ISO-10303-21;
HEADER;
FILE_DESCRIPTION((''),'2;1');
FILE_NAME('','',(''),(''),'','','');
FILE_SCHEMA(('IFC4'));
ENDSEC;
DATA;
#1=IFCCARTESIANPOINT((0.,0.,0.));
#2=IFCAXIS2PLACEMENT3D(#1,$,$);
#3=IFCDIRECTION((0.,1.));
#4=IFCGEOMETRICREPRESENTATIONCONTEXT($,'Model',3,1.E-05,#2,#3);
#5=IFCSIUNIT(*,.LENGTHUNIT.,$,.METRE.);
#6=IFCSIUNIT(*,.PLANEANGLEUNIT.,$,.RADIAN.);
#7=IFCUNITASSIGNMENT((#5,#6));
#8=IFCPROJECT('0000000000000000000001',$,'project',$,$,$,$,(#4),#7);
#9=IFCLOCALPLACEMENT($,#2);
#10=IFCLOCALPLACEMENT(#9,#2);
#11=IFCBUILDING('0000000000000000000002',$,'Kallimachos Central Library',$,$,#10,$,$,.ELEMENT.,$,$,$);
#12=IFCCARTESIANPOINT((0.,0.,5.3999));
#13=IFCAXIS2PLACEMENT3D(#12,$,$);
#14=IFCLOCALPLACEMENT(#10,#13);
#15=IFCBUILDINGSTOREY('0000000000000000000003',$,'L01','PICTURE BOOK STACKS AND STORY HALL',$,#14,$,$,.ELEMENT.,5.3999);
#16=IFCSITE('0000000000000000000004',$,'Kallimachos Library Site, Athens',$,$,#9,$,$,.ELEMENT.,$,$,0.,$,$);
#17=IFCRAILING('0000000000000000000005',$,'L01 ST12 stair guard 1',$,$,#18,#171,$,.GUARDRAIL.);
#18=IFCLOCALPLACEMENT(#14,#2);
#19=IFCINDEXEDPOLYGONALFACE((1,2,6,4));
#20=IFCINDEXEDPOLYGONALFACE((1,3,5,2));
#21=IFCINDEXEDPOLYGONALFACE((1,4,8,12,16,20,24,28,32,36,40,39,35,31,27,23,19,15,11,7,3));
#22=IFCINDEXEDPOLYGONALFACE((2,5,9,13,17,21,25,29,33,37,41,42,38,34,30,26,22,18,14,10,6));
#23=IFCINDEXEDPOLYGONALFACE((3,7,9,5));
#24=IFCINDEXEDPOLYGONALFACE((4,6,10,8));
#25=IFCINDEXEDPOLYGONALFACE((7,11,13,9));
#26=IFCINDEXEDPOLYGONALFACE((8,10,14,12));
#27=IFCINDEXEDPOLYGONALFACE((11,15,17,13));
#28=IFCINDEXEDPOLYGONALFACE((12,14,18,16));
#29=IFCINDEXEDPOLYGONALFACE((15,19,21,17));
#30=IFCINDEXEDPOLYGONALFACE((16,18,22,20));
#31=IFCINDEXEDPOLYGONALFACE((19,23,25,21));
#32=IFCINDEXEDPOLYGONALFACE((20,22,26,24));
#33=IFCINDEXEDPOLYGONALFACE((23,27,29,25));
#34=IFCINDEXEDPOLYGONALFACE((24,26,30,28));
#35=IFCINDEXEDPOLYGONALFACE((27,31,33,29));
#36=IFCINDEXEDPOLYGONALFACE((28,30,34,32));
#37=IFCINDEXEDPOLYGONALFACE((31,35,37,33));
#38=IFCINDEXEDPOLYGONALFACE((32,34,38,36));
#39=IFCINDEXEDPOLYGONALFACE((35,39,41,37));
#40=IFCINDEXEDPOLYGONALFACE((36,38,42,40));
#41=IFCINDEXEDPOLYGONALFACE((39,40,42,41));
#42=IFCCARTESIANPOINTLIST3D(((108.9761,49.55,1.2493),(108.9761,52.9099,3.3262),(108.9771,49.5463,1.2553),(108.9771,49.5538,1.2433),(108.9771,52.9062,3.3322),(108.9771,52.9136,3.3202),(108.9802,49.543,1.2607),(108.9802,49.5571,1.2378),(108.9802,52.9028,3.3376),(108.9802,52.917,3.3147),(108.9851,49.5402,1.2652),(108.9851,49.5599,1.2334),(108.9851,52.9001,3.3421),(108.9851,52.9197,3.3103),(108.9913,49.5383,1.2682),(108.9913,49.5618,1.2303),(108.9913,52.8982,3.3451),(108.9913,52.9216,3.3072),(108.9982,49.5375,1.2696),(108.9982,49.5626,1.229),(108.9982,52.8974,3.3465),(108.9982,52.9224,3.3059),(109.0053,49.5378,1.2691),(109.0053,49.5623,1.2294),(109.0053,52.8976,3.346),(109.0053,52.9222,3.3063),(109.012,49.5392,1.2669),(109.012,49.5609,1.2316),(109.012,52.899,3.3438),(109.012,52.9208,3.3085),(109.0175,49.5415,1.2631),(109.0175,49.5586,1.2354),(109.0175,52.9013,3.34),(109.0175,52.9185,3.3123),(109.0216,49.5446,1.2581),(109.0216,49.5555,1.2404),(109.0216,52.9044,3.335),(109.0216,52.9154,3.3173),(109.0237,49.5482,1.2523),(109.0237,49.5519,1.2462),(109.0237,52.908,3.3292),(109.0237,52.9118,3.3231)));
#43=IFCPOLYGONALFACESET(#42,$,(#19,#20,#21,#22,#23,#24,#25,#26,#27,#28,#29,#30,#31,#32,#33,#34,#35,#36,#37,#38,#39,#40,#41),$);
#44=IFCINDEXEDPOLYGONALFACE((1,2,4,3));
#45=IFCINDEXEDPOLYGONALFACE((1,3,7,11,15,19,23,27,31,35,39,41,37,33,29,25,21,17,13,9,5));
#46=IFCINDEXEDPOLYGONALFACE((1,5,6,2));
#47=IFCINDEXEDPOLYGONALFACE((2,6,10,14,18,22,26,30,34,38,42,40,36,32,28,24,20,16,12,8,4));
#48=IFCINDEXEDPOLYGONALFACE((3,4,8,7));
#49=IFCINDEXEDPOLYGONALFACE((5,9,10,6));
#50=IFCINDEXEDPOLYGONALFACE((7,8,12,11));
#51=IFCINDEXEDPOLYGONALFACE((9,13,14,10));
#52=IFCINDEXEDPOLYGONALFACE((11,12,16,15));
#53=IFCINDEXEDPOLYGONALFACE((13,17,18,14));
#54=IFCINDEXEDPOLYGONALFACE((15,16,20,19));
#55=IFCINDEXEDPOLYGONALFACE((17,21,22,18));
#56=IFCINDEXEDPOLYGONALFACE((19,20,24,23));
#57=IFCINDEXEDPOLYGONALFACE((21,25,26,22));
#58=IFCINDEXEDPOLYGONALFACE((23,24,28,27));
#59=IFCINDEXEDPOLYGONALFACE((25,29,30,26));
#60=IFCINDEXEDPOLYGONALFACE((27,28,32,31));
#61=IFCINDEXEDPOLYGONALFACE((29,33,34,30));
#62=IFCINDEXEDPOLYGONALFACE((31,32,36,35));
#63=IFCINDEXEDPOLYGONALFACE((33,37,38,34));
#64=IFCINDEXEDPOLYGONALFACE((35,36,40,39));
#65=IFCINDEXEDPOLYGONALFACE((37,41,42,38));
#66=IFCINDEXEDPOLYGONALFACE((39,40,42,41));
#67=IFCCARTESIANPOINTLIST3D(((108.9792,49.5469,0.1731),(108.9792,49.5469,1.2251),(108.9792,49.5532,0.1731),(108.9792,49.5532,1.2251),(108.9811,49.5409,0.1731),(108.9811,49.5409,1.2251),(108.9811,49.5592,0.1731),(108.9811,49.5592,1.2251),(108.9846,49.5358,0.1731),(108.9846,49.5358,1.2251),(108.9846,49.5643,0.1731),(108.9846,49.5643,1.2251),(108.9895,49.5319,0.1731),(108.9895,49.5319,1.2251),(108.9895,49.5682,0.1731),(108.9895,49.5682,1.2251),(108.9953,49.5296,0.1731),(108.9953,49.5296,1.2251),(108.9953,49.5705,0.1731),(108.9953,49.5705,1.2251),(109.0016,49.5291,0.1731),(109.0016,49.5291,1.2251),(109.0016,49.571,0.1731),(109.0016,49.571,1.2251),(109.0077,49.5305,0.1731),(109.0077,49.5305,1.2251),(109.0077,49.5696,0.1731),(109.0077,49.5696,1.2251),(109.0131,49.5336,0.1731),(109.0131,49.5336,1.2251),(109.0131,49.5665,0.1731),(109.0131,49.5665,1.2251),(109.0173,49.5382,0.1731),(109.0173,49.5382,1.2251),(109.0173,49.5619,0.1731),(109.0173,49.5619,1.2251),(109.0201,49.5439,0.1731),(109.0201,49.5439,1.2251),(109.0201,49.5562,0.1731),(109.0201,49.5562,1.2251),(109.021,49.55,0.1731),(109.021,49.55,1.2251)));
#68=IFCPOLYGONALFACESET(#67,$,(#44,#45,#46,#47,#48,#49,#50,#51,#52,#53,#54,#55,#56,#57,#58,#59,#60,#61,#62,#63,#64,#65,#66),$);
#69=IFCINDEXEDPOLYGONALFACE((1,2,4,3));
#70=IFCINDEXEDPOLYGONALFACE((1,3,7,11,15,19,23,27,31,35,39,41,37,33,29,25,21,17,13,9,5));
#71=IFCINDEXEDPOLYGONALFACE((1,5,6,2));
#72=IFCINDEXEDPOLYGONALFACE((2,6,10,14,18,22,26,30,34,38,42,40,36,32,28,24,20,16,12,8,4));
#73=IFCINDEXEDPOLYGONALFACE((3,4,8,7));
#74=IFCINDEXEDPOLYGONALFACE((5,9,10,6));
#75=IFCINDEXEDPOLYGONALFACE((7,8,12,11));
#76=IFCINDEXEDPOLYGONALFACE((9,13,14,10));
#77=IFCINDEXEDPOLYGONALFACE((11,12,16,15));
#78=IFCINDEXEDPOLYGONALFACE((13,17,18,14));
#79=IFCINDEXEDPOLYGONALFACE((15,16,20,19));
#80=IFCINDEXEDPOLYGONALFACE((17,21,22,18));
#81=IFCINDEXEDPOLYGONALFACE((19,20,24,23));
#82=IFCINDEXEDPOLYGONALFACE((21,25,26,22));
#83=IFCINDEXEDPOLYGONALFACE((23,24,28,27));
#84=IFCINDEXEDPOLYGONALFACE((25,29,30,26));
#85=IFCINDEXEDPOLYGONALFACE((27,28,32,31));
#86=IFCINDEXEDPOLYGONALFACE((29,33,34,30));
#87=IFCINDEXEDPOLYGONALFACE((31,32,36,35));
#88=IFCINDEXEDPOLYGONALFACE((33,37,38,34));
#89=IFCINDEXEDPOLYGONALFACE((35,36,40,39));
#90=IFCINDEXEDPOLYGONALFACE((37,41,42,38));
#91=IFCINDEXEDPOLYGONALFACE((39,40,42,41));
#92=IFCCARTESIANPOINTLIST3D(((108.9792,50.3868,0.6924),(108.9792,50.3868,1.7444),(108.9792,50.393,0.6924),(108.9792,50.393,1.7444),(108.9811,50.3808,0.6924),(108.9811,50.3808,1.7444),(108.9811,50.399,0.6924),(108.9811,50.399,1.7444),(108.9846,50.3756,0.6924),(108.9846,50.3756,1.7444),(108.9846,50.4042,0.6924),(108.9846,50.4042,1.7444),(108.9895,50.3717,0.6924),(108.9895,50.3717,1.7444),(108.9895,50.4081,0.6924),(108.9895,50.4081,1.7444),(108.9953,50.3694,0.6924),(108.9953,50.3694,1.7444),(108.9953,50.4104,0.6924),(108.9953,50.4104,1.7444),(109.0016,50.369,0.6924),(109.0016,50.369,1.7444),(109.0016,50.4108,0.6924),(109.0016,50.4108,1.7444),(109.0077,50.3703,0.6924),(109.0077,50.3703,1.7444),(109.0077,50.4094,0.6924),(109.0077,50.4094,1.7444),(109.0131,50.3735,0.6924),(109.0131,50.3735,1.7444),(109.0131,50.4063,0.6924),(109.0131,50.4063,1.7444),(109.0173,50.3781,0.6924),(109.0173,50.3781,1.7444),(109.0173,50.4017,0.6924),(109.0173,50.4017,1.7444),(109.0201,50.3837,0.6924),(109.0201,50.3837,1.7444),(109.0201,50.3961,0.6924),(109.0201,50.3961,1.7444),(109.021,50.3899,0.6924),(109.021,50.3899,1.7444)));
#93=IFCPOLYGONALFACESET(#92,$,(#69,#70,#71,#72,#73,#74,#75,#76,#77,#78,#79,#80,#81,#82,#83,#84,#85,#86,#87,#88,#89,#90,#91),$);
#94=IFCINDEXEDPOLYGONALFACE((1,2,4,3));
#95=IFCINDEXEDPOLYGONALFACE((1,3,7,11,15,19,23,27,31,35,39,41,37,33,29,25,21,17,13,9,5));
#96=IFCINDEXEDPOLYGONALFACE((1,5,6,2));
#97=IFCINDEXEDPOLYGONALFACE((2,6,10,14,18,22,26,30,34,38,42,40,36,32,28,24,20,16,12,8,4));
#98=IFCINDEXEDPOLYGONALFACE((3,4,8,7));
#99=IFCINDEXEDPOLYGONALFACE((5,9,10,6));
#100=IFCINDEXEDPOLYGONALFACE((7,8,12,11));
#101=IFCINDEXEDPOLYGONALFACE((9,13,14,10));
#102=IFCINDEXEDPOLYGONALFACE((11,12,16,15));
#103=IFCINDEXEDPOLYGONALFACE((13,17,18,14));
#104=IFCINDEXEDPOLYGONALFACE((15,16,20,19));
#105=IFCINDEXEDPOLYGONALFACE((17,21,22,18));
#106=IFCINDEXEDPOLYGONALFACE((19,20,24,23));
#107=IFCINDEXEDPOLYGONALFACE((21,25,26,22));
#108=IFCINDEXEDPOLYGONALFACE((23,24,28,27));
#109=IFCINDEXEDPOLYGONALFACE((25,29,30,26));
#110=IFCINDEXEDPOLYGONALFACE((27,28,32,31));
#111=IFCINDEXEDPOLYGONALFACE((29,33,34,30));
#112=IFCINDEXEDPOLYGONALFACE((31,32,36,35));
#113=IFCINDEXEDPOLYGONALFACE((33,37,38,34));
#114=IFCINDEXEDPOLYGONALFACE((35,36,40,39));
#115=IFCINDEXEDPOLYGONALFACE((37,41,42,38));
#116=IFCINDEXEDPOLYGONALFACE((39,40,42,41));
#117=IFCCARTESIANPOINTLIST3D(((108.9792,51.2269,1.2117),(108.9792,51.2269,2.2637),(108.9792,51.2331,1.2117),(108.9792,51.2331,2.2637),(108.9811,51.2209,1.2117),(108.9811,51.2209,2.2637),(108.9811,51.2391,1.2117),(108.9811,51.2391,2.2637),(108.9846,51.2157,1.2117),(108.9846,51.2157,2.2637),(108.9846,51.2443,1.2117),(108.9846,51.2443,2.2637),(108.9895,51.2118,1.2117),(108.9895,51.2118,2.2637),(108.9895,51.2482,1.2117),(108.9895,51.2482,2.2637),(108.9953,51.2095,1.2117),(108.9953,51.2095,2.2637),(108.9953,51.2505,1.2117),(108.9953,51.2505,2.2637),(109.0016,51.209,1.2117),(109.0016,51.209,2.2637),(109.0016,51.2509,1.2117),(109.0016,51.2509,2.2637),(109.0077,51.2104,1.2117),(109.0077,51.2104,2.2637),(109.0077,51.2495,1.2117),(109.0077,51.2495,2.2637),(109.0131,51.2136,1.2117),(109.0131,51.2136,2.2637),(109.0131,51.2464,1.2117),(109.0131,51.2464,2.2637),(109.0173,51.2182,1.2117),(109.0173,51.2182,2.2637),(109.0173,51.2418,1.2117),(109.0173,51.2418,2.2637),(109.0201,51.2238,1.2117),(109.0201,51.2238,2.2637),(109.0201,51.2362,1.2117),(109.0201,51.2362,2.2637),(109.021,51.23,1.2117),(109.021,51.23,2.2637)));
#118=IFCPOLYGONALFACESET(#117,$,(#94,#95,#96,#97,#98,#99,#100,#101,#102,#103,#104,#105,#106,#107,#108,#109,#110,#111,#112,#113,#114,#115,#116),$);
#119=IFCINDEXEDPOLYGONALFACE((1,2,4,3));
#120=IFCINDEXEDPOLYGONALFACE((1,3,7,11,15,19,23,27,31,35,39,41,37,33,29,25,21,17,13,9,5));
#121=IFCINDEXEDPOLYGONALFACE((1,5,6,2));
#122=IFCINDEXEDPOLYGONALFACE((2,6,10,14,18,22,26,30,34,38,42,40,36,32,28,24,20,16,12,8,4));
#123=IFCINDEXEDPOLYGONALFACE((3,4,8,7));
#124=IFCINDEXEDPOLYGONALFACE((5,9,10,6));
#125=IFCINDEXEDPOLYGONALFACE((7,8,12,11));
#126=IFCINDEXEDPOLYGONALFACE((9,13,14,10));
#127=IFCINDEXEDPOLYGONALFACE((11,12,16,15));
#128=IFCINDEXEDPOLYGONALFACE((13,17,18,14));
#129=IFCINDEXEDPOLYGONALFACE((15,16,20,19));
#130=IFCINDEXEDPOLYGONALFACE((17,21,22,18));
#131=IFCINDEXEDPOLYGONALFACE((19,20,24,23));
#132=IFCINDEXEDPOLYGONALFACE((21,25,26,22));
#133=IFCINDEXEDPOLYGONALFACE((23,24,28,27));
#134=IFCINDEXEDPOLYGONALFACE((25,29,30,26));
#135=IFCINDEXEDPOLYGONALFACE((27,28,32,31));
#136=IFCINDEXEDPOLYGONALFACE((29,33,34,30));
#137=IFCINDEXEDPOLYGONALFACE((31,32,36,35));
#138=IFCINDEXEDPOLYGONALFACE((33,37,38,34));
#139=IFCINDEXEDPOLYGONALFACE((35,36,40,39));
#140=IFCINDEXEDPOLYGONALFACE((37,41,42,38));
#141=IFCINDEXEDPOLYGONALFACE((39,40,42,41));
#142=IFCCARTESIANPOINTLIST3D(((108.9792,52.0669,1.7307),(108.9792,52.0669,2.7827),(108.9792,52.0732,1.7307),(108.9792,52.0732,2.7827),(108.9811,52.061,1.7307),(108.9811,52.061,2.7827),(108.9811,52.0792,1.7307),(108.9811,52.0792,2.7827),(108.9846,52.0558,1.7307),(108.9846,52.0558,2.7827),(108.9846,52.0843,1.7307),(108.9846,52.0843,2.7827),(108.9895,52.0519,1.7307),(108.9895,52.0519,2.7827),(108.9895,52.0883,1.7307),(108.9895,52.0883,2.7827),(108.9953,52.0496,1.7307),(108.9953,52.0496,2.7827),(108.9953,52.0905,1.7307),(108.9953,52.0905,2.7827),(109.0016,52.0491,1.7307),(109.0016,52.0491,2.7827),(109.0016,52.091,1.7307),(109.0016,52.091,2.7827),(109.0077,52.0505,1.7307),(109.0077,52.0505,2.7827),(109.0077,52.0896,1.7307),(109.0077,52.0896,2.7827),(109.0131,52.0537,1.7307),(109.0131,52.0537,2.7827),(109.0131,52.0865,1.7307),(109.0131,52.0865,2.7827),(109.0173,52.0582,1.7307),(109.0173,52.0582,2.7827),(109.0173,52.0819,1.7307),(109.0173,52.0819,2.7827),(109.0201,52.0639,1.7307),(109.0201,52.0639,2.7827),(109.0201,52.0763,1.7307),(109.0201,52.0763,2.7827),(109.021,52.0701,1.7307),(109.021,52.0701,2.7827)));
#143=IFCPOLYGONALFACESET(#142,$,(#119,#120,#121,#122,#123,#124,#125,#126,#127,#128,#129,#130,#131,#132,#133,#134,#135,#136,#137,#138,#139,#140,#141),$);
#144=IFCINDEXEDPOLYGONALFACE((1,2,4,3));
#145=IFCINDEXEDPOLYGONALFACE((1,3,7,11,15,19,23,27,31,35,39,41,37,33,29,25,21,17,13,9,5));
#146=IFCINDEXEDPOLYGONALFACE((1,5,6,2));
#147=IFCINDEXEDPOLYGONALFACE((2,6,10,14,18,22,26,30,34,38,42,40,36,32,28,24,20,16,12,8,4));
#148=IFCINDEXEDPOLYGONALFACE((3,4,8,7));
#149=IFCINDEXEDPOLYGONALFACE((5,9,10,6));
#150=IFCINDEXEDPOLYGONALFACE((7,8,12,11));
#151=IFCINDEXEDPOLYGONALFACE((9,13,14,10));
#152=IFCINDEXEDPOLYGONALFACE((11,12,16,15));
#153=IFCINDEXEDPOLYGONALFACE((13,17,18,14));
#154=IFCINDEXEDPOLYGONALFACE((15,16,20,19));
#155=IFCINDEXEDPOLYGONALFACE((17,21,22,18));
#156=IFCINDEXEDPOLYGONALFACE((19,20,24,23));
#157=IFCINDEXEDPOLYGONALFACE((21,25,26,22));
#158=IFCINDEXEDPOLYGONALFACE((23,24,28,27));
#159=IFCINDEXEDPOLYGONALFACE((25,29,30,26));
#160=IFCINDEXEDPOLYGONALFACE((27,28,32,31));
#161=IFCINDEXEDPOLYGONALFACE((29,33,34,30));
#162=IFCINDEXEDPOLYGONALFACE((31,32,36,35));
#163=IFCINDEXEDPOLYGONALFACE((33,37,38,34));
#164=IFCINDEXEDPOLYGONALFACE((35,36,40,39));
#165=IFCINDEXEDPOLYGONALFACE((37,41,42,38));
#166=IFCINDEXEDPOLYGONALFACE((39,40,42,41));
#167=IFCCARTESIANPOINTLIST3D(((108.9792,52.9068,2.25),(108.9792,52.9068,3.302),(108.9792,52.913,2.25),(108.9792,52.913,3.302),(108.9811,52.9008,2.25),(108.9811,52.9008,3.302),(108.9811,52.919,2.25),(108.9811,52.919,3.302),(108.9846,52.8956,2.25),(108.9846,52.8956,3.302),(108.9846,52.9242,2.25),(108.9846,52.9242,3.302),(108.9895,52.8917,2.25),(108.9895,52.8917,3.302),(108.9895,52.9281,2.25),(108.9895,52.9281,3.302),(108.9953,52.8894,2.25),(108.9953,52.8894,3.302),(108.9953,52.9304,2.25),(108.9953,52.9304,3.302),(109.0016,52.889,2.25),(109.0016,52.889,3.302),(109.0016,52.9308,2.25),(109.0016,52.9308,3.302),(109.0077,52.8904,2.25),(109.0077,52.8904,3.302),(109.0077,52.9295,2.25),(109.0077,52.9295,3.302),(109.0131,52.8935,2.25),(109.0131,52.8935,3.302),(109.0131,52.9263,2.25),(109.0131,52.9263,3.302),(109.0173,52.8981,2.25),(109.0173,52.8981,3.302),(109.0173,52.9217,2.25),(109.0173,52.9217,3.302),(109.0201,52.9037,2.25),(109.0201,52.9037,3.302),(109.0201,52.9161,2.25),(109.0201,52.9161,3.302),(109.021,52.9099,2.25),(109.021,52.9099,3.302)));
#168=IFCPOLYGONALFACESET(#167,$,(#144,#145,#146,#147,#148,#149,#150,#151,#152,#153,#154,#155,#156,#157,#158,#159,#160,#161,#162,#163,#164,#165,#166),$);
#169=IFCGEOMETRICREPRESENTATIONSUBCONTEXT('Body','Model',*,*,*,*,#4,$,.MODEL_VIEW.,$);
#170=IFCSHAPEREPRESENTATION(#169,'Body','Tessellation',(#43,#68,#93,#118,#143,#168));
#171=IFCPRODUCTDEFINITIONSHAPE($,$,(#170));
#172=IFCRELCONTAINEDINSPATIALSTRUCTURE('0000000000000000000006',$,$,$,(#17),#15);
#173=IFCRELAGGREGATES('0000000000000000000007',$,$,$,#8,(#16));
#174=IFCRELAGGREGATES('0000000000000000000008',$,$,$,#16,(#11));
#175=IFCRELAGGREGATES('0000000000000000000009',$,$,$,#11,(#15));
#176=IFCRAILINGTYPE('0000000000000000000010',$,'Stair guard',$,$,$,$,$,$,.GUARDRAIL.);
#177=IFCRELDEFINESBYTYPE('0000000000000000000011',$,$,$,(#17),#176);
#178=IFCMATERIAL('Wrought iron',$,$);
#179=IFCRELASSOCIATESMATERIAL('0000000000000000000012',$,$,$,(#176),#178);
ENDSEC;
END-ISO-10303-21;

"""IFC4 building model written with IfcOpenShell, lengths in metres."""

from ifc_helpers import new_model, si_unit, direction, frame, origin, origin_2d, place, context, subcontext, project, spatial, circle, extrude, material, type_object, element, save


model = new_model("IFC4")

# Units and contexts
model_context = context("Model", 3, precision=1e-05, world=origin(), true_north=direction((0.0, 1.0)))
body_context = subcontext(model_context, "Body", "Model", "MODEL_VIEW")
ifc_project = project(units=[si_unit("LENGTHUNIT", "METRE"), si_unit("PLANEANGLEUNIT", "RADIAN")], contexts=[model_context])

# Site, building, storey
site_placement = place(None, origin())
site = spatial("IfcSite", under=ifc_project, at=site_placement, Name="Kallimachos Library Site, Athens", CompositionType="ELEMENT", RefElevation=0.0)
building_placement = place(site_placement, origin())
building = spatial("IfcBuilding", under=site, at=building_placement, Name="Kallimachos Central Library", CompositionType="ELEMENT")
storey_placement = place(building_placement, frame((0.0, 0.0, 5.3999)))
storey = spatial("IfcBuildingStorey", under=building, at=storey_placement, Name="L01", Description="PICTURE BOOK STACKS AND STORY HALL", CompositionType="ELEMENT", Elevation=5.3999)

# Railing
ifc_material_1 = material(Name="Wrought iron")
railing_type_1 = type_object("IfcRailingType", Name="Stair guard", PredefinedType="GUARDRAIL", material=ifc_material_1)
railing_1_placement = place(storey_placement, frame((109.0, 49.55, 0.1731)))
element("IfcRailing", 1, at=railing_1_placement, inside=storey, type_object=railing_type_1, Name="L01 ST12 stair guard 1", PredefinedType="GUARDRAIL", context=body_context, shape_type="SweptSolid", body=[
    extrude(circle(Radius=0.0239, at=origin_2d()), frame((0.0, 0.0, 1.0762), z_axis=(0.0, 0.850606, 0.525803), x_axis=(-1.0, 0.0, 0.0)), (0.0, 0.0, 1.0), 3.95),
    extrude(circle(Radius=0.021, at=origin_2d()), origin(), (0.0, 0.0, 1.0), 1.052),
    extrude(circle(Radius=0.021, at=origin_2d()), frame((0.0, 0.8398, 0.5193)), (0.0, 0.0, 1.0), 1.052),
    extrude(circle(Radius=0.021, at=origin_2d()), frame((0.0, 1.6799, 1.0386)), (0.0, 0.0, 1.0), 1.052),
    extrude(circle(Radius=0.021, at=origin_2d()), frame((0.0, 2.52, 1.5576)), (0.0, 0.0, 1.0), 1.052),
    extrude(circle(Radius=0.021, at=origin_2d()), frame((0.0, 3.3599, 2.0769)), (0.0, 0.0, 1.0), 1.052),
])

save(model, "model.ifc")
